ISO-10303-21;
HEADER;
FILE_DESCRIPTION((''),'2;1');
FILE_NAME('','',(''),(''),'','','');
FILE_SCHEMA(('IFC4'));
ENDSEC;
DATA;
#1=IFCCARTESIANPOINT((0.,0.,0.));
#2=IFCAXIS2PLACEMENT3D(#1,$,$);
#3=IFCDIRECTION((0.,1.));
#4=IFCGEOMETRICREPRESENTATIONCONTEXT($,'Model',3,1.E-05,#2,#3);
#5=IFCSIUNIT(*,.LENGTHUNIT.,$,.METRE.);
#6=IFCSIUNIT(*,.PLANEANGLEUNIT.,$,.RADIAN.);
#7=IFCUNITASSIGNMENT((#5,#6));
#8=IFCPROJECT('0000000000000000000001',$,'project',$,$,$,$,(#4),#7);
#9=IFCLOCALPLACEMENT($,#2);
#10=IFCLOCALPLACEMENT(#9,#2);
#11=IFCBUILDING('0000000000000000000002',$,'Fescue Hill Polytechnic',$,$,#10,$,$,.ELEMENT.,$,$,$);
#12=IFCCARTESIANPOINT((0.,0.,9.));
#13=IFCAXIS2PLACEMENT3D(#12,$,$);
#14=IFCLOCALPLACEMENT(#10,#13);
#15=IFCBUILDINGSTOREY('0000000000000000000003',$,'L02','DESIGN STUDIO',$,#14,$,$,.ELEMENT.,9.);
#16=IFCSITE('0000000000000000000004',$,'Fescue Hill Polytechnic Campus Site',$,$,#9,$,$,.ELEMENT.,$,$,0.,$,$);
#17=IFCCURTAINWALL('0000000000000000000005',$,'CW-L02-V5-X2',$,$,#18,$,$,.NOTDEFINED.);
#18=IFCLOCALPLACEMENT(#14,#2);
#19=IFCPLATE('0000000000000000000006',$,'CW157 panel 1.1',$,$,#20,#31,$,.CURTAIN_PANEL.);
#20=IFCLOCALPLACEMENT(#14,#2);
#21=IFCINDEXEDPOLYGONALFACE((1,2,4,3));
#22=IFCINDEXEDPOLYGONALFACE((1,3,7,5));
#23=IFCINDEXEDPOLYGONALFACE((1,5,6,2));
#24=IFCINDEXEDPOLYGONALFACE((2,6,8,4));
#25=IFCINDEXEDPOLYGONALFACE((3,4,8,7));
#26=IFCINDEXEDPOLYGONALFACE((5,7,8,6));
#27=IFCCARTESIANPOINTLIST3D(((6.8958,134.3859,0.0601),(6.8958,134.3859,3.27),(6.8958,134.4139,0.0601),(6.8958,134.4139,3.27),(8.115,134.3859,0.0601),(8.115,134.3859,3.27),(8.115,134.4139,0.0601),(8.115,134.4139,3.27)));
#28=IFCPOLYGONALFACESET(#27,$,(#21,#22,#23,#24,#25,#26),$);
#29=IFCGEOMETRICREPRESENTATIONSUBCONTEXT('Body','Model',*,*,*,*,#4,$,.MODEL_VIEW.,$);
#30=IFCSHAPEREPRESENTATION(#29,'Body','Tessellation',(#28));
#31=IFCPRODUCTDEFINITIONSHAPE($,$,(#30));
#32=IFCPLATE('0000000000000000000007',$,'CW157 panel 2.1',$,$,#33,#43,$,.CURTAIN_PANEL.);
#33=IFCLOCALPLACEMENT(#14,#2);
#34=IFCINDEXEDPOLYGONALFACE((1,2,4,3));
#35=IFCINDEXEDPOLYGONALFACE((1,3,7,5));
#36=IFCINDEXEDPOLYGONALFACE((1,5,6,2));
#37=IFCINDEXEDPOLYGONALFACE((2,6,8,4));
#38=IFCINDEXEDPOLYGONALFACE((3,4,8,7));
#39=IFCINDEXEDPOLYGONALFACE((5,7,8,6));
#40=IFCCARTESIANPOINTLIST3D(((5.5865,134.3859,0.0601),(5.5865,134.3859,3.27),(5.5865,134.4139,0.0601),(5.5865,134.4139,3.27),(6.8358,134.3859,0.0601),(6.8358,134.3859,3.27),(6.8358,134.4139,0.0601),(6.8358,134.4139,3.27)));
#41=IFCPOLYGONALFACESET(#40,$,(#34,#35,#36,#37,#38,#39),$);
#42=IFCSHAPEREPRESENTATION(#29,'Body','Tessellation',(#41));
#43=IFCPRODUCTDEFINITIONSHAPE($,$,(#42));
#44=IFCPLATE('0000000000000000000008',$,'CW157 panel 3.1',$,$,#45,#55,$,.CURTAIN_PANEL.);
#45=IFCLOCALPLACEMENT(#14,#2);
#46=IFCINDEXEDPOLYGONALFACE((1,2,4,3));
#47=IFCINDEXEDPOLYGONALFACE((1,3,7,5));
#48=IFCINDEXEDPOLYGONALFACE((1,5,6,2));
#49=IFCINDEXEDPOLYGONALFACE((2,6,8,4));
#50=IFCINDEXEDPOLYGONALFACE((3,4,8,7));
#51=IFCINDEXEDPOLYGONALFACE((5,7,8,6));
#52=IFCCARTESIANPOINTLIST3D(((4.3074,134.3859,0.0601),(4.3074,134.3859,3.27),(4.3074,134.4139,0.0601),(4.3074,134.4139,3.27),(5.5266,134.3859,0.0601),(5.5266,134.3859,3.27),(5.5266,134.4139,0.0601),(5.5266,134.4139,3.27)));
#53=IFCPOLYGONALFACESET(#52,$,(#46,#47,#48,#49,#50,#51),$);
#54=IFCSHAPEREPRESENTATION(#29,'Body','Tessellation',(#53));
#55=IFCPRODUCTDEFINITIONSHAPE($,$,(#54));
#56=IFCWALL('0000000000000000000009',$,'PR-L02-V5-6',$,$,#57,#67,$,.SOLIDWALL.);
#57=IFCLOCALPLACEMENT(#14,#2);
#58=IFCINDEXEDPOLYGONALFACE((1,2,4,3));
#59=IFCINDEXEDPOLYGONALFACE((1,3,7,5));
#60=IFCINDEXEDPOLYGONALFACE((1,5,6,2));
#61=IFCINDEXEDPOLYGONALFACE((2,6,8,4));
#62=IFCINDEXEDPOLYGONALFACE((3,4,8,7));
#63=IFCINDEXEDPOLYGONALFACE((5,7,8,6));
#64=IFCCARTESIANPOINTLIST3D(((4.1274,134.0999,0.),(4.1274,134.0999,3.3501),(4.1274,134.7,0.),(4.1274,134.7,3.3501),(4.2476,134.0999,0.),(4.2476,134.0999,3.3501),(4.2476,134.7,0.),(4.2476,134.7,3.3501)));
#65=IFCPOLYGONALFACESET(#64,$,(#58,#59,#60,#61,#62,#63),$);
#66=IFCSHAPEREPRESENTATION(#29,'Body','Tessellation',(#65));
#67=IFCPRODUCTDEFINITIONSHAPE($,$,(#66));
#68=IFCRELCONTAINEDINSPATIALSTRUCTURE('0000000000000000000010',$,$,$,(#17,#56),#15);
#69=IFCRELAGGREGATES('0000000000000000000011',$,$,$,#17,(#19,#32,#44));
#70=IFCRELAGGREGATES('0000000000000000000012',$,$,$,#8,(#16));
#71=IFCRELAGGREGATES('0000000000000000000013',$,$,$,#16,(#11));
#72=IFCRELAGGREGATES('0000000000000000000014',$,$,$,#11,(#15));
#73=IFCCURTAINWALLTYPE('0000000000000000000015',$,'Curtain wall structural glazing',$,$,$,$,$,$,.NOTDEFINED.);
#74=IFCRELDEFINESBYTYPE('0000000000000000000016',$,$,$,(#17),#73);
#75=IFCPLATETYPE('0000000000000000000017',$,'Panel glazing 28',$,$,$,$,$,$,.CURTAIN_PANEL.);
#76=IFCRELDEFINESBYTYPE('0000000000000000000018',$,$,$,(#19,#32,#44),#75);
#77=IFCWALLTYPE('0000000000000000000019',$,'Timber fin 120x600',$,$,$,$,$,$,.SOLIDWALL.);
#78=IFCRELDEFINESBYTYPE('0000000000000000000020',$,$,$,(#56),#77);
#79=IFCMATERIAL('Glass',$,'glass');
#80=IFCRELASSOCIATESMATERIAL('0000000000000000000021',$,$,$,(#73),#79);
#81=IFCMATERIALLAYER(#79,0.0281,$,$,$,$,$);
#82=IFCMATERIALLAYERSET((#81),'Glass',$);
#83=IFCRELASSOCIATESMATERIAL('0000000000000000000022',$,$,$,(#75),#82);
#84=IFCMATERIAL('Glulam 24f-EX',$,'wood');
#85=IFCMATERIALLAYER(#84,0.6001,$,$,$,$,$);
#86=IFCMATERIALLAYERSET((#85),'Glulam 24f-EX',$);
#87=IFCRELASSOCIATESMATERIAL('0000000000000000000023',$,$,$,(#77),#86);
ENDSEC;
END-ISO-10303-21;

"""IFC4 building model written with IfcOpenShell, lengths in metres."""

from ifc_helpers import new_model, si_unit, direction, frame, frame_2d, origin, origin_2d, place, context, subcontext, project, spatial, rectangle, extrude, material, layer, layer_set, type_object, element, aggregate, save


model = new_model("IFC4")

# Units and contexts
model_context = context("Model", 3, precision=1e-05, world=origin(), true_north=direction((0.0, 1.0)))
body_context = subcontext(model_context, "Body", "Model", "MODEL_VIEW")
ifc_project = project(units=[si_unit("LENGTHUNIT", "METRE"), si_unit("PLANEANGLEUNIT", "RADIAN")], contexts=[model_context])

# Site, building, storey
site_placement = place(None, origin())
site = spatial("IfcSite", under=ifc_project, at=site_placement, Name="Fescue Hill Polytechnic Campus Site", CompositionType="ELEMENT", RefElevation=0.0)
building_placement = place(site_placement, origin())
building = spatial("IfcBuilding", under=site, at=building_placement, Name="Fescue Hill Polytechnic", CompositionType="ELEMENT")
storey_placement = place(building_placement, frame((0.0, 0.0, 9.0)))
storey = spatial("IfcBuildingStorey", under=building, at=storey_placement, Name="L02", Description="DESIGN STUDIO", CompositionType="ELEMENT", Elevation=9.0)

# Shared definitions
ifc_material_1 = material(Name="Glass", Category="glass")
curtain_wall_type = type_object("IfcCurtainWallType", Name="Curtain wall structural glazing", PredefinedType="NOTDEFINED", material=ifc_material_1)

# Curtain wall
curtain_wall_1_placement = place(storey_placement, origin())
curtain_wall_1 = element("IfcCurtainWall", 1, at=curtain_wall_1_placement, inside=storey, type_object=curtain_wall_type, Name="CW-L02-V5-X2", PredefinedType="NOTDEFINED")

# Plates
ifc_layer_1 = layer(ifc_material_1, 0.0281)
ifc_layer_set_1 = layer_set([ifc_layer_1], Name="Glass")
plate_type = type_object("IfcPlateType", Name="Panel glazing 28", PredefinedType="CURTAIN_PANEL", material=ifc_layer_set_1)
plate_1_placement = place(storey_placement, frame((7.5054, 134.3999, 0.0601), z_axis=(0.0, 0.0, 1.0), x_axis=(-1.0, 0.0, 0.0)))
plate_1 = element("IfcPlate", 2, at=plate_1_placement, type_object=plate_type, Name="CW157 panel 1.1", PredefinedType="CURTAIN_PANEL", context=body_context, shape_type="SweptSolid", body=[
    extrude(rectangle(XDim=1.2192, YDim=0.0281, at=origin_2d()), origin(), (0.0, 0.0, 1.0), 3.21),
])
plate_2_placement = place(storey_placement, frame((6.2112, 134.3999, 0.0601), z_axis=(0.0, 0.0, 1.0), x_axis=(-1.0, 0.0, 0.0)))
plate_2 = element("IfcPlate", 3, at=plate_2_placement, type_object=plate_type, Name="CW157 panel 2.1", PredefinedType="CURTAIN_PANEL", context=body_context, shape_type="SweptSolid", body=[
    extrude(rectangle(XDim=1.2493, YDim=0.0281, at=origin_2d()), origin(), (0.0, 0.0, 1.0), 3.21),
])
plate_3_placement = place(storey_placement, frame((4.917, 134.3999, 0.0601), z_axis=(0.0, 0.0, 1.0), x_axis=(-1.0, 0.0, 0.0)))
plate_3 = element("IfcPlate", 4, at=plate_3_placement, type_object=plate_type, Name="CW157 panel 3.1", PredefinedType="CURTAIN_PANEL", context=body_context, shape_type="SweptSolid", body=[
    extrude(rectangle(XDim=1.2192, YDim=0.0281, at=origin_2d()), origin(), (0.0, 0.0, 1.0), 3.21),
])
aggregate(curtain_wall_1, [plate_1, plate_2, plate_3])

# Wall
ifc_material_2 = material(Name="Glulam 24f-EX", Category="wood")
ifc_layer_2 = layer(ifc_material_2, 0.6001)
ifc_layer_set_2 = layer_set([ifc_layer_2], Name="Glulam 24f-EX")
wall_type = type_object("IfcWallType", Name="Timber fin 120x600", PredefinedType="SOLIDWALL", material=ifc_layer_set_2)
wall_placement = place(storey_placement, frame((4.2476, 134.3999, 0.0), z_axis=(0.0, 0.0, 1.0), x_axis=(-1.0, 0.0, 0.0)))
element("IfcWall", 5, at=wall_placement, inside=storey, type_object=wall_type, Name="PR-L02-V5-6", PredefinedType="SOLIDWALL", context=body_context, shape_type="SweptSolid", body=[
    extrude(rectangle(XDim=0.1201, YDim=0.6001, at=frame_2d((0.0601, 0.0))), origin(), (0.0, 0.0, 1.0), 3.3501),
])

save(model, "model.ifc")
